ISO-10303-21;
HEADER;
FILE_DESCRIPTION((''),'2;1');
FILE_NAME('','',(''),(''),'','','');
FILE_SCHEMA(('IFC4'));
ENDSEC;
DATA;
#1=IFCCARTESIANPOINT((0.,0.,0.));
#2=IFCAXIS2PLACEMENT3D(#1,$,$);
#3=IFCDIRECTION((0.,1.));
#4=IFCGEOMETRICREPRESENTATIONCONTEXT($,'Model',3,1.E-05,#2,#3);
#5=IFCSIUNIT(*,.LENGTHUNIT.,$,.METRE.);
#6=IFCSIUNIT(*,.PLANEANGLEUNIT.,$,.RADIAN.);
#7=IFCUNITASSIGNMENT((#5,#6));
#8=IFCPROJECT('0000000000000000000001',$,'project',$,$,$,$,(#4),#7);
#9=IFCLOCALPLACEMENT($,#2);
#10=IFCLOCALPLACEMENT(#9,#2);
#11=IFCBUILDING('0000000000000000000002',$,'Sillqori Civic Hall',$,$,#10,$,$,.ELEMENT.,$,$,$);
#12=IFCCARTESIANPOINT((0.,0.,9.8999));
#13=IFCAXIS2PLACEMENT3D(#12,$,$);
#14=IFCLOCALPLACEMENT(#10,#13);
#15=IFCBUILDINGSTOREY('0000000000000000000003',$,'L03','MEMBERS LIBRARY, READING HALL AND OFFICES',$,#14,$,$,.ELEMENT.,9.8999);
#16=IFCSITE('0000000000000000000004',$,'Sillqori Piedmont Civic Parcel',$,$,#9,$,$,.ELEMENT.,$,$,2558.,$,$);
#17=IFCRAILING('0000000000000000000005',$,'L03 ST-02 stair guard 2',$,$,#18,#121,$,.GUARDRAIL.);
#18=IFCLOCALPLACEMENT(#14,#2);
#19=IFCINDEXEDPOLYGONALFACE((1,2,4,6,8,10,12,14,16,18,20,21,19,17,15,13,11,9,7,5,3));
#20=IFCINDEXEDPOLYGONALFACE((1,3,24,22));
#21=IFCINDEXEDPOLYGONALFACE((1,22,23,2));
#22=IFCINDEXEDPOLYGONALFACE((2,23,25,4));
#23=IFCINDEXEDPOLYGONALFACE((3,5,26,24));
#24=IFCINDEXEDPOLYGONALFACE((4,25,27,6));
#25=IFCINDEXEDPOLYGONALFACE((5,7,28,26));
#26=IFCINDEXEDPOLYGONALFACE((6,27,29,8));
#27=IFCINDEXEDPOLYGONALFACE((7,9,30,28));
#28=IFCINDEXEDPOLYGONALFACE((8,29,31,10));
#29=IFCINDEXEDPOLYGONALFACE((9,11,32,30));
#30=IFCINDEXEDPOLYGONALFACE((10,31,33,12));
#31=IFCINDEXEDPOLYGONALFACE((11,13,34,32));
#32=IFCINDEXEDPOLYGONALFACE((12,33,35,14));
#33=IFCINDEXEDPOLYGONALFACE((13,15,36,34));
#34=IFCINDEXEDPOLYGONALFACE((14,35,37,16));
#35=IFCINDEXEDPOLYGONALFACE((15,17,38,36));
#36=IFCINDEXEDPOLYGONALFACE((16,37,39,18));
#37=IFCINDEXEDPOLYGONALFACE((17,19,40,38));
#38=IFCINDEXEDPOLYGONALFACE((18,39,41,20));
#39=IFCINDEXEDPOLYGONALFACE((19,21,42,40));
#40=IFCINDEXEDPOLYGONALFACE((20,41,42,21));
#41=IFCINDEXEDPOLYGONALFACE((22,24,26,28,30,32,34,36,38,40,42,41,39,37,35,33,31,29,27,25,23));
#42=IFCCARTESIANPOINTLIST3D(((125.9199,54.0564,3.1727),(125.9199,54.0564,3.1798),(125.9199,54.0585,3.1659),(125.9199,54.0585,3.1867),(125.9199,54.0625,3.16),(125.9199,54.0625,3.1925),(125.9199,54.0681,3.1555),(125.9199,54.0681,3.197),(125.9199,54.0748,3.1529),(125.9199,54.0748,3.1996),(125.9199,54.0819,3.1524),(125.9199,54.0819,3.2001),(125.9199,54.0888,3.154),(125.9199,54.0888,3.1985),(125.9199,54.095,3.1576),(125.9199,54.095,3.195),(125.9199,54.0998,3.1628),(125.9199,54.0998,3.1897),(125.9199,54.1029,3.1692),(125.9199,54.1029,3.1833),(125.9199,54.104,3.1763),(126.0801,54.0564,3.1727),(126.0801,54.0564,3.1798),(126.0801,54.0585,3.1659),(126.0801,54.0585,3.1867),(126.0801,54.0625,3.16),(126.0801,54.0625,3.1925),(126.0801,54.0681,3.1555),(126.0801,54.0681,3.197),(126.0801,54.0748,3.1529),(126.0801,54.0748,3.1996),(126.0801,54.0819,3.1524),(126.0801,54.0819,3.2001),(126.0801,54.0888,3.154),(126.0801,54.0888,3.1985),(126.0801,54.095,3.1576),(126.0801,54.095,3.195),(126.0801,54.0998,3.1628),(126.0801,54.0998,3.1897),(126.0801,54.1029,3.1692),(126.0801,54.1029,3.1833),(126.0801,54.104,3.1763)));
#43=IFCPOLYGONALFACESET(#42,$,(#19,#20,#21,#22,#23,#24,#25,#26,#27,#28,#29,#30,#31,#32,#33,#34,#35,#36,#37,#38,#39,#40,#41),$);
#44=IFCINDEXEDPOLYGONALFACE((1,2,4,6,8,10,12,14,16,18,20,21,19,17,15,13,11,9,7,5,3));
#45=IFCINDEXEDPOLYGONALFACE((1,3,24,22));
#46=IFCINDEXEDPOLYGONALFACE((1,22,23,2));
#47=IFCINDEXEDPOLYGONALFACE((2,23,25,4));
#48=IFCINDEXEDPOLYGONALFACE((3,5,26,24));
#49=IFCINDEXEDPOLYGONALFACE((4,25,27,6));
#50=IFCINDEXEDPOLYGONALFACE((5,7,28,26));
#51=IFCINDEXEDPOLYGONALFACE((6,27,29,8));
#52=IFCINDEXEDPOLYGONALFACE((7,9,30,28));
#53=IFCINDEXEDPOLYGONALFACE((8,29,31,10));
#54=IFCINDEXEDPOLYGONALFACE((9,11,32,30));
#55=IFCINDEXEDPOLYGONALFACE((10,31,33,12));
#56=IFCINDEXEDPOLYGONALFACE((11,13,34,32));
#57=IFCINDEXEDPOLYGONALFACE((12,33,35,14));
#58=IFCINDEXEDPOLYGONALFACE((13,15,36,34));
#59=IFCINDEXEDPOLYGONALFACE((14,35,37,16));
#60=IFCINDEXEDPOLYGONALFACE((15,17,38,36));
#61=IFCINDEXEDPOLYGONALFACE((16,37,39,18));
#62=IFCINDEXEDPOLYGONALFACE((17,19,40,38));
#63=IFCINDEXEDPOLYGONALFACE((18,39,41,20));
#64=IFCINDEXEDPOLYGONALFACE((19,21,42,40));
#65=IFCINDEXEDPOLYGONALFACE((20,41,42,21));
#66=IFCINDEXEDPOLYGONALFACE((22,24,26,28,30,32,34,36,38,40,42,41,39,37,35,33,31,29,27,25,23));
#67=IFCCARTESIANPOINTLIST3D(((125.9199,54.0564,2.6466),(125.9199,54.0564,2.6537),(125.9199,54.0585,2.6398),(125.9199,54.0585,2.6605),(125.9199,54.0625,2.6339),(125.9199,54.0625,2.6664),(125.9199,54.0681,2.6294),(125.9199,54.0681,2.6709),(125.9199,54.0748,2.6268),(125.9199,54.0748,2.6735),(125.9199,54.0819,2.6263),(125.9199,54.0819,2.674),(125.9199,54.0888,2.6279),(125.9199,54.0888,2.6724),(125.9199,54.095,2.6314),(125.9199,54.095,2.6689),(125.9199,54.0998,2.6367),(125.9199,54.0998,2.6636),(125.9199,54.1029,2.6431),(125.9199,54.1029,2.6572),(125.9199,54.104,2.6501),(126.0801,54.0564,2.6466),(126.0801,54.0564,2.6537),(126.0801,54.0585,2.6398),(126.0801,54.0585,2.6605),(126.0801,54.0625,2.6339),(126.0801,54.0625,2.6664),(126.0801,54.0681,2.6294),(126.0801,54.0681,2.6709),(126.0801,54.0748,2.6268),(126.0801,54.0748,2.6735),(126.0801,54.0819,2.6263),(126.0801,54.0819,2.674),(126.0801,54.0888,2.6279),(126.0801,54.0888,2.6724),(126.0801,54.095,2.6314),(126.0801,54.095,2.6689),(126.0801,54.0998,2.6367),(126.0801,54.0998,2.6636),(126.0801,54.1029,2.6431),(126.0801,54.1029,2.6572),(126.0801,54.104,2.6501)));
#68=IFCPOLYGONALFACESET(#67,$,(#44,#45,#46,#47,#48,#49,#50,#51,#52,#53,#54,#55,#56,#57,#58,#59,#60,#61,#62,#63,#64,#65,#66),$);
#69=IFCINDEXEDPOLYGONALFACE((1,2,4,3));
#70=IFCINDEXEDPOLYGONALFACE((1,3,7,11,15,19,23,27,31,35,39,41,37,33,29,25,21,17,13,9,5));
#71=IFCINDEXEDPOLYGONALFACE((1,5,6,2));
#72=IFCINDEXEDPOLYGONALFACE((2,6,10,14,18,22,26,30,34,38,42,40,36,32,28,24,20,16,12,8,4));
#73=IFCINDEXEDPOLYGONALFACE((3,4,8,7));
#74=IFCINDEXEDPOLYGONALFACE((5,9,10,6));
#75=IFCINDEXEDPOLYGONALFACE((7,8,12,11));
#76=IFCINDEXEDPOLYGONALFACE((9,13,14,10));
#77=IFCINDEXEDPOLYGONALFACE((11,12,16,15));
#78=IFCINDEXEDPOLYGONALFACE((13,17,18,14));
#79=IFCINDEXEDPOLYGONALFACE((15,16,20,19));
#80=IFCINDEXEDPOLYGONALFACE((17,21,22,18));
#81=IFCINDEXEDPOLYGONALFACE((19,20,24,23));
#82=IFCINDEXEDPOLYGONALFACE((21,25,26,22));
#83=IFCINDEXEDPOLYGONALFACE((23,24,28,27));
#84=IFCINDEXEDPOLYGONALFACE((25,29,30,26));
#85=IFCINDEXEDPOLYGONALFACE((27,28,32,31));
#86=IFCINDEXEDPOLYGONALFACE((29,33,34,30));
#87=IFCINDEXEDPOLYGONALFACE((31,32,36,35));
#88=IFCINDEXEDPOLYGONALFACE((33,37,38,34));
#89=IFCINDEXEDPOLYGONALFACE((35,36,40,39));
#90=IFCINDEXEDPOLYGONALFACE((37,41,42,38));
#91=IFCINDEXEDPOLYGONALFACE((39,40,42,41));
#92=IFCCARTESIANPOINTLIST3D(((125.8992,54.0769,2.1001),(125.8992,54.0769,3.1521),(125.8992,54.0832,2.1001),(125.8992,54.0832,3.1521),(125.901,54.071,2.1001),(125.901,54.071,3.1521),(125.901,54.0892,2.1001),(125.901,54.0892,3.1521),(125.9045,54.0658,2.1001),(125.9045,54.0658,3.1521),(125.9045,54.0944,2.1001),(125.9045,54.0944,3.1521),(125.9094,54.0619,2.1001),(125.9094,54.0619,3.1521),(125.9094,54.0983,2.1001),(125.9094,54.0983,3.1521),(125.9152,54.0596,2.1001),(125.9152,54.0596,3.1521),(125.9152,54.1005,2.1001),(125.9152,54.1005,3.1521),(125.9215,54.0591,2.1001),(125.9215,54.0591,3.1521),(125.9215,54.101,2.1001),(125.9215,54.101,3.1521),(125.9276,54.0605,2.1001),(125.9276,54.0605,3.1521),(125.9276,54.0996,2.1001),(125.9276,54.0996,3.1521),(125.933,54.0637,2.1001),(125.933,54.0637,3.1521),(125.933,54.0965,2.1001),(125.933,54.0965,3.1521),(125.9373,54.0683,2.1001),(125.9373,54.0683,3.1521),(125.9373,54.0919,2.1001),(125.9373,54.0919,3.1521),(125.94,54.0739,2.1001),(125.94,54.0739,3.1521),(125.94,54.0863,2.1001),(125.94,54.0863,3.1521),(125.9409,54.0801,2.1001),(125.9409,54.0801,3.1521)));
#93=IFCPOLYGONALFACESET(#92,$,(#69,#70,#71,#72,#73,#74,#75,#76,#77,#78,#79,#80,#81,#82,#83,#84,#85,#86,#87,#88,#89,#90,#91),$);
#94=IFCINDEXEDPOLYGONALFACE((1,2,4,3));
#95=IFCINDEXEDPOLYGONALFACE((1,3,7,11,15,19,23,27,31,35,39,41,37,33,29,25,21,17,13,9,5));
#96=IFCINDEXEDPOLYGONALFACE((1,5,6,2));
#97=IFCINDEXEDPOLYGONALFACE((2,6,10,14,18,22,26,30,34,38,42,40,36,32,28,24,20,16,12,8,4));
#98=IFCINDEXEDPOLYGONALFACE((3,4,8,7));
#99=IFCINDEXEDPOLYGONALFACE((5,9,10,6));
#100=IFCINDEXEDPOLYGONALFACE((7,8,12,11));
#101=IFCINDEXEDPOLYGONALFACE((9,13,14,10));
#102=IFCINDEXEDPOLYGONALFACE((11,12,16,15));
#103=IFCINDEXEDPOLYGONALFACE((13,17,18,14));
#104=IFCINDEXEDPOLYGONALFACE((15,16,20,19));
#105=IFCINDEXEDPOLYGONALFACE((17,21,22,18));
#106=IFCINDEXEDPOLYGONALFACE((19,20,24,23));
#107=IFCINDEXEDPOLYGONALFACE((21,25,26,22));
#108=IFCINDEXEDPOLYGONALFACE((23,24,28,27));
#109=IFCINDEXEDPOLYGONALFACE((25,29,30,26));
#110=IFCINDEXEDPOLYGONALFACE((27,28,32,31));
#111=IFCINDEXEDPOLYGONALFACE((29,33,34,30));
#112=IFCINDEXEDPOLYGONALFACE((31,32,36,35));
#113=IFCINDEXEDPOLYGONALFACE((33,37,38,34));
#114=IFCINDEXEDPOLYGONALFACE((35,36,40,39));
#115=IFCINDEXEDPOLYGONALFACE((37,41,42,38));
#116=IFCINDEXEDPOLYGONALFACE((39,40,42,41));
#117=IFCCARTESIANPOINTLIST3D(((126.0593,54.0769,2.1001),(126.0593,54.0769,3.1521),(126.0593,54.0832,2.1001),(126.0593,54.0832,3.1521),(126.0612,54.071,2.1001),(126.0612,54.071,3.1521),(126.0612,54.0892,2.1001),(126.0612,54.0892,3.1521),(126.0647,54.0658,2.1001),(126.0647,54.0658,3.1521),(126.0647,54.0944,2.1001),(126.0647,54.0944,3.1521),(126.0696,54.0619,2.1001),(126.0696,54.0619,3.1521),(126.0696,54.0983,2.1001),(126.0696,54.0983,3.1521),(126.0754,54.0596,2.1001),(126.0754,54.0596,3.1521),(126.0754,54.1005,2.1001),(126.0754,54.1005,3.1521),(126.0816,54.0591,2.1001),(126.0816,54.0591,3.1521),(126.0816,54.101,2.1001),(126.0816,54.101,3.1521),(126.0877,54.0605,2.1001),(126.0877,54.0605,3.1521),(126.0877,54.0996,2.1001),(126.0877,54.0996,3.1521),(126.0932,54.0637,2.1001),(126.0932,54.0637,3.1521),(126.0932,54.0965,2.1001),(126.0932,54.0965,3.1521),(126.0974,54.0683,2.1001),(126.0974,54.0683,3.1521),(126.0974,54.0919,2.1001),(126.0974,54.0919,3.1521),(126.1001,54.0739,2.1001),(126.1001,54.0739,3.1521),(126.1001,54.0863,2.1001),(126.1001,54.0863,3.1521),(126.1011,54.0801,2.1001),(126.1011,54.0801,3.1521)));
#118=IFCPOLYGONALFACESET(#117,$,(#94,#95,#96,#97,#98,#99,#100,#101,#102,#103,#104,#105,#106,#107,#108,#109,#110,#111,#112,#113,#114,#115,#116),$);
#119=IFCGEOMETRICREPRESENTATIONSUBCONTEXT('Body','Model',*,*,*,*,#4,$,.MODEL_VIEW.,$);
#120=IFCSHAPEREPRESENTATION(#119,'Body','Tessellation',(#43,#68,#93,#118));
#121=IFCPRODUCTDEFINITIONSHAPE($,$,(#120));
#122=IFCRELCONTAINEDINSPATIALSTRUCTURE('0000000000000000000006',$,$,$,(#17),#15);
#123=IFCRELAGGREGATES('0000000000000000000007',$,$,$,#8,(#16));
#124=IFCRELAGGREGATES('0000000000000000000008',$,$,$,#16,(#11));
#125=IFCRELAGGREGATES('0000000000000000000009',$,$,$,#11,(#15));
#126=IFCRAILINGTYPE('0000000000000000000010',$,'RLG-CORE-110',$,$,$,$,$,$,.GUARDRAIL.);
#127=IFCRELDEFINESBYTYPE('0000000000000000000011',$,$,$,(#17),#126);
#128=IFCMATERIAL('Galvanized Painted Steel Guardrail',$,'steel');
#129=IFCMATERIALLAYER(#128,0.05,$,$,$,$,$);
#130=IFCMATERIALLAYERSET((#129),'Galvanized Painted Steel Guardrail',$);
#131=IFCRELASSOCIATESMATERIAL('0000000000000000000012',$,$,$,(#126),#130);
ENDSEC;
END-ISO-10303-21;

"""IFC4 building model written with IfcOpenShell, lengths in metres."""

from ifc_helpers import new_model, si_unit, direction, frame, origin, origin_2d, place, context, subcontext, project, spatial, circle, extrude, material, layer, layer_set, type_object, element, save


model = new_model("IFC4")

# Units and contexts
model_context = context("Model", 3, precision=1e-05, world=origin(), true_north=direction((0.0, 1.0)))
body_context = subcontext(model_context, "Body", "Model", "MODEL_VIEW")
ifc_project = project(units=[si_unit("LENGTHUNIT", "METRE"), si_unit("PLANEANGLEUNIT", "RADIAN")], contexts=[model_context])

# Site, building, storey
site_placement = place(None, origin())
site = spatial("IfcSite", under=ifc_project, at=site_placement, Name="Sillqori Piedmont Civic Parcel", CompositionType="ELEMENT", RefElevation=2558.0)
building_placement = place(site_placement, origin())
building = spatial("IfcBuilding", under=site, at=building_placement, Name="Sillqori Civic Hall", CompositionType="ELEMENT")
storey_placement = place(building_placement, frame((0.0, 0.0, 9.8999)))
storey = spatial("IfcBuildingStorey", under=building, at=storey_placement, Name="L03", Description="MEMBERS LIBRARY, READING HALL AND OFFICES", CompositionType="ELEMENT", Elevation=9.8999)

# Railing
ifc_material_1 = material(Name="Galvanized Painted Steel Guardrail", Category="steel")
ifc_layer_1 = layer(ifc_material_1, 0.05)
ifc_layer_set_1 = layer_set([ifc_layer_1], Name="Galvanized Painted Steel Guardrail")
railing_type_1 = type_object("IfcRailingType", Name="RLG-CORE-110", PredefinedType="GUARDRAIL", material=ifc_layer_set_1)
railing_1_placement = place(storey_placement, frame((125.9199, 54.0801, 2.1001)))
element("IfcRailing", 1, at=railing_1_placement, inside=storey, type_object=railing_type_1, Name="L03 ST-02 stair guard 2", PredefinedType="GUARDRAIL", context=body_context, shape_type="SweptSolid", body=[
    extrude(circle(Radius=0.0239, at=origin_2d()), frame((0.0, 0.0, 1.0762), z_axis=(1.0, 0.0, 0.0), x_axis=(0.0, 1.0, 0.0)), (0.0, 0.0, 1.0), 0.1602),
    extrude(circle(Radius=0.0239, at=origin_2d()), frame((0.0, 0.0, 0.55), z_axis=(1.0, 0.0, 0.0), x_axis=(0.0, 1.0, 0.0)), (0.0, 0.0, 1.0), 0.1602),
    extrude(circle(Radius=0.021, at=origin_2d()), origin(), (0.0, 0.0, 1.0), 1.052),
    extrude(circle(Radius=0.021, at=origin_2d()), frame((0.1602, 0.0, 0.0)), (0.0, 0.0, 1.0), 1.052),
])

save(model, "model.ifc")
